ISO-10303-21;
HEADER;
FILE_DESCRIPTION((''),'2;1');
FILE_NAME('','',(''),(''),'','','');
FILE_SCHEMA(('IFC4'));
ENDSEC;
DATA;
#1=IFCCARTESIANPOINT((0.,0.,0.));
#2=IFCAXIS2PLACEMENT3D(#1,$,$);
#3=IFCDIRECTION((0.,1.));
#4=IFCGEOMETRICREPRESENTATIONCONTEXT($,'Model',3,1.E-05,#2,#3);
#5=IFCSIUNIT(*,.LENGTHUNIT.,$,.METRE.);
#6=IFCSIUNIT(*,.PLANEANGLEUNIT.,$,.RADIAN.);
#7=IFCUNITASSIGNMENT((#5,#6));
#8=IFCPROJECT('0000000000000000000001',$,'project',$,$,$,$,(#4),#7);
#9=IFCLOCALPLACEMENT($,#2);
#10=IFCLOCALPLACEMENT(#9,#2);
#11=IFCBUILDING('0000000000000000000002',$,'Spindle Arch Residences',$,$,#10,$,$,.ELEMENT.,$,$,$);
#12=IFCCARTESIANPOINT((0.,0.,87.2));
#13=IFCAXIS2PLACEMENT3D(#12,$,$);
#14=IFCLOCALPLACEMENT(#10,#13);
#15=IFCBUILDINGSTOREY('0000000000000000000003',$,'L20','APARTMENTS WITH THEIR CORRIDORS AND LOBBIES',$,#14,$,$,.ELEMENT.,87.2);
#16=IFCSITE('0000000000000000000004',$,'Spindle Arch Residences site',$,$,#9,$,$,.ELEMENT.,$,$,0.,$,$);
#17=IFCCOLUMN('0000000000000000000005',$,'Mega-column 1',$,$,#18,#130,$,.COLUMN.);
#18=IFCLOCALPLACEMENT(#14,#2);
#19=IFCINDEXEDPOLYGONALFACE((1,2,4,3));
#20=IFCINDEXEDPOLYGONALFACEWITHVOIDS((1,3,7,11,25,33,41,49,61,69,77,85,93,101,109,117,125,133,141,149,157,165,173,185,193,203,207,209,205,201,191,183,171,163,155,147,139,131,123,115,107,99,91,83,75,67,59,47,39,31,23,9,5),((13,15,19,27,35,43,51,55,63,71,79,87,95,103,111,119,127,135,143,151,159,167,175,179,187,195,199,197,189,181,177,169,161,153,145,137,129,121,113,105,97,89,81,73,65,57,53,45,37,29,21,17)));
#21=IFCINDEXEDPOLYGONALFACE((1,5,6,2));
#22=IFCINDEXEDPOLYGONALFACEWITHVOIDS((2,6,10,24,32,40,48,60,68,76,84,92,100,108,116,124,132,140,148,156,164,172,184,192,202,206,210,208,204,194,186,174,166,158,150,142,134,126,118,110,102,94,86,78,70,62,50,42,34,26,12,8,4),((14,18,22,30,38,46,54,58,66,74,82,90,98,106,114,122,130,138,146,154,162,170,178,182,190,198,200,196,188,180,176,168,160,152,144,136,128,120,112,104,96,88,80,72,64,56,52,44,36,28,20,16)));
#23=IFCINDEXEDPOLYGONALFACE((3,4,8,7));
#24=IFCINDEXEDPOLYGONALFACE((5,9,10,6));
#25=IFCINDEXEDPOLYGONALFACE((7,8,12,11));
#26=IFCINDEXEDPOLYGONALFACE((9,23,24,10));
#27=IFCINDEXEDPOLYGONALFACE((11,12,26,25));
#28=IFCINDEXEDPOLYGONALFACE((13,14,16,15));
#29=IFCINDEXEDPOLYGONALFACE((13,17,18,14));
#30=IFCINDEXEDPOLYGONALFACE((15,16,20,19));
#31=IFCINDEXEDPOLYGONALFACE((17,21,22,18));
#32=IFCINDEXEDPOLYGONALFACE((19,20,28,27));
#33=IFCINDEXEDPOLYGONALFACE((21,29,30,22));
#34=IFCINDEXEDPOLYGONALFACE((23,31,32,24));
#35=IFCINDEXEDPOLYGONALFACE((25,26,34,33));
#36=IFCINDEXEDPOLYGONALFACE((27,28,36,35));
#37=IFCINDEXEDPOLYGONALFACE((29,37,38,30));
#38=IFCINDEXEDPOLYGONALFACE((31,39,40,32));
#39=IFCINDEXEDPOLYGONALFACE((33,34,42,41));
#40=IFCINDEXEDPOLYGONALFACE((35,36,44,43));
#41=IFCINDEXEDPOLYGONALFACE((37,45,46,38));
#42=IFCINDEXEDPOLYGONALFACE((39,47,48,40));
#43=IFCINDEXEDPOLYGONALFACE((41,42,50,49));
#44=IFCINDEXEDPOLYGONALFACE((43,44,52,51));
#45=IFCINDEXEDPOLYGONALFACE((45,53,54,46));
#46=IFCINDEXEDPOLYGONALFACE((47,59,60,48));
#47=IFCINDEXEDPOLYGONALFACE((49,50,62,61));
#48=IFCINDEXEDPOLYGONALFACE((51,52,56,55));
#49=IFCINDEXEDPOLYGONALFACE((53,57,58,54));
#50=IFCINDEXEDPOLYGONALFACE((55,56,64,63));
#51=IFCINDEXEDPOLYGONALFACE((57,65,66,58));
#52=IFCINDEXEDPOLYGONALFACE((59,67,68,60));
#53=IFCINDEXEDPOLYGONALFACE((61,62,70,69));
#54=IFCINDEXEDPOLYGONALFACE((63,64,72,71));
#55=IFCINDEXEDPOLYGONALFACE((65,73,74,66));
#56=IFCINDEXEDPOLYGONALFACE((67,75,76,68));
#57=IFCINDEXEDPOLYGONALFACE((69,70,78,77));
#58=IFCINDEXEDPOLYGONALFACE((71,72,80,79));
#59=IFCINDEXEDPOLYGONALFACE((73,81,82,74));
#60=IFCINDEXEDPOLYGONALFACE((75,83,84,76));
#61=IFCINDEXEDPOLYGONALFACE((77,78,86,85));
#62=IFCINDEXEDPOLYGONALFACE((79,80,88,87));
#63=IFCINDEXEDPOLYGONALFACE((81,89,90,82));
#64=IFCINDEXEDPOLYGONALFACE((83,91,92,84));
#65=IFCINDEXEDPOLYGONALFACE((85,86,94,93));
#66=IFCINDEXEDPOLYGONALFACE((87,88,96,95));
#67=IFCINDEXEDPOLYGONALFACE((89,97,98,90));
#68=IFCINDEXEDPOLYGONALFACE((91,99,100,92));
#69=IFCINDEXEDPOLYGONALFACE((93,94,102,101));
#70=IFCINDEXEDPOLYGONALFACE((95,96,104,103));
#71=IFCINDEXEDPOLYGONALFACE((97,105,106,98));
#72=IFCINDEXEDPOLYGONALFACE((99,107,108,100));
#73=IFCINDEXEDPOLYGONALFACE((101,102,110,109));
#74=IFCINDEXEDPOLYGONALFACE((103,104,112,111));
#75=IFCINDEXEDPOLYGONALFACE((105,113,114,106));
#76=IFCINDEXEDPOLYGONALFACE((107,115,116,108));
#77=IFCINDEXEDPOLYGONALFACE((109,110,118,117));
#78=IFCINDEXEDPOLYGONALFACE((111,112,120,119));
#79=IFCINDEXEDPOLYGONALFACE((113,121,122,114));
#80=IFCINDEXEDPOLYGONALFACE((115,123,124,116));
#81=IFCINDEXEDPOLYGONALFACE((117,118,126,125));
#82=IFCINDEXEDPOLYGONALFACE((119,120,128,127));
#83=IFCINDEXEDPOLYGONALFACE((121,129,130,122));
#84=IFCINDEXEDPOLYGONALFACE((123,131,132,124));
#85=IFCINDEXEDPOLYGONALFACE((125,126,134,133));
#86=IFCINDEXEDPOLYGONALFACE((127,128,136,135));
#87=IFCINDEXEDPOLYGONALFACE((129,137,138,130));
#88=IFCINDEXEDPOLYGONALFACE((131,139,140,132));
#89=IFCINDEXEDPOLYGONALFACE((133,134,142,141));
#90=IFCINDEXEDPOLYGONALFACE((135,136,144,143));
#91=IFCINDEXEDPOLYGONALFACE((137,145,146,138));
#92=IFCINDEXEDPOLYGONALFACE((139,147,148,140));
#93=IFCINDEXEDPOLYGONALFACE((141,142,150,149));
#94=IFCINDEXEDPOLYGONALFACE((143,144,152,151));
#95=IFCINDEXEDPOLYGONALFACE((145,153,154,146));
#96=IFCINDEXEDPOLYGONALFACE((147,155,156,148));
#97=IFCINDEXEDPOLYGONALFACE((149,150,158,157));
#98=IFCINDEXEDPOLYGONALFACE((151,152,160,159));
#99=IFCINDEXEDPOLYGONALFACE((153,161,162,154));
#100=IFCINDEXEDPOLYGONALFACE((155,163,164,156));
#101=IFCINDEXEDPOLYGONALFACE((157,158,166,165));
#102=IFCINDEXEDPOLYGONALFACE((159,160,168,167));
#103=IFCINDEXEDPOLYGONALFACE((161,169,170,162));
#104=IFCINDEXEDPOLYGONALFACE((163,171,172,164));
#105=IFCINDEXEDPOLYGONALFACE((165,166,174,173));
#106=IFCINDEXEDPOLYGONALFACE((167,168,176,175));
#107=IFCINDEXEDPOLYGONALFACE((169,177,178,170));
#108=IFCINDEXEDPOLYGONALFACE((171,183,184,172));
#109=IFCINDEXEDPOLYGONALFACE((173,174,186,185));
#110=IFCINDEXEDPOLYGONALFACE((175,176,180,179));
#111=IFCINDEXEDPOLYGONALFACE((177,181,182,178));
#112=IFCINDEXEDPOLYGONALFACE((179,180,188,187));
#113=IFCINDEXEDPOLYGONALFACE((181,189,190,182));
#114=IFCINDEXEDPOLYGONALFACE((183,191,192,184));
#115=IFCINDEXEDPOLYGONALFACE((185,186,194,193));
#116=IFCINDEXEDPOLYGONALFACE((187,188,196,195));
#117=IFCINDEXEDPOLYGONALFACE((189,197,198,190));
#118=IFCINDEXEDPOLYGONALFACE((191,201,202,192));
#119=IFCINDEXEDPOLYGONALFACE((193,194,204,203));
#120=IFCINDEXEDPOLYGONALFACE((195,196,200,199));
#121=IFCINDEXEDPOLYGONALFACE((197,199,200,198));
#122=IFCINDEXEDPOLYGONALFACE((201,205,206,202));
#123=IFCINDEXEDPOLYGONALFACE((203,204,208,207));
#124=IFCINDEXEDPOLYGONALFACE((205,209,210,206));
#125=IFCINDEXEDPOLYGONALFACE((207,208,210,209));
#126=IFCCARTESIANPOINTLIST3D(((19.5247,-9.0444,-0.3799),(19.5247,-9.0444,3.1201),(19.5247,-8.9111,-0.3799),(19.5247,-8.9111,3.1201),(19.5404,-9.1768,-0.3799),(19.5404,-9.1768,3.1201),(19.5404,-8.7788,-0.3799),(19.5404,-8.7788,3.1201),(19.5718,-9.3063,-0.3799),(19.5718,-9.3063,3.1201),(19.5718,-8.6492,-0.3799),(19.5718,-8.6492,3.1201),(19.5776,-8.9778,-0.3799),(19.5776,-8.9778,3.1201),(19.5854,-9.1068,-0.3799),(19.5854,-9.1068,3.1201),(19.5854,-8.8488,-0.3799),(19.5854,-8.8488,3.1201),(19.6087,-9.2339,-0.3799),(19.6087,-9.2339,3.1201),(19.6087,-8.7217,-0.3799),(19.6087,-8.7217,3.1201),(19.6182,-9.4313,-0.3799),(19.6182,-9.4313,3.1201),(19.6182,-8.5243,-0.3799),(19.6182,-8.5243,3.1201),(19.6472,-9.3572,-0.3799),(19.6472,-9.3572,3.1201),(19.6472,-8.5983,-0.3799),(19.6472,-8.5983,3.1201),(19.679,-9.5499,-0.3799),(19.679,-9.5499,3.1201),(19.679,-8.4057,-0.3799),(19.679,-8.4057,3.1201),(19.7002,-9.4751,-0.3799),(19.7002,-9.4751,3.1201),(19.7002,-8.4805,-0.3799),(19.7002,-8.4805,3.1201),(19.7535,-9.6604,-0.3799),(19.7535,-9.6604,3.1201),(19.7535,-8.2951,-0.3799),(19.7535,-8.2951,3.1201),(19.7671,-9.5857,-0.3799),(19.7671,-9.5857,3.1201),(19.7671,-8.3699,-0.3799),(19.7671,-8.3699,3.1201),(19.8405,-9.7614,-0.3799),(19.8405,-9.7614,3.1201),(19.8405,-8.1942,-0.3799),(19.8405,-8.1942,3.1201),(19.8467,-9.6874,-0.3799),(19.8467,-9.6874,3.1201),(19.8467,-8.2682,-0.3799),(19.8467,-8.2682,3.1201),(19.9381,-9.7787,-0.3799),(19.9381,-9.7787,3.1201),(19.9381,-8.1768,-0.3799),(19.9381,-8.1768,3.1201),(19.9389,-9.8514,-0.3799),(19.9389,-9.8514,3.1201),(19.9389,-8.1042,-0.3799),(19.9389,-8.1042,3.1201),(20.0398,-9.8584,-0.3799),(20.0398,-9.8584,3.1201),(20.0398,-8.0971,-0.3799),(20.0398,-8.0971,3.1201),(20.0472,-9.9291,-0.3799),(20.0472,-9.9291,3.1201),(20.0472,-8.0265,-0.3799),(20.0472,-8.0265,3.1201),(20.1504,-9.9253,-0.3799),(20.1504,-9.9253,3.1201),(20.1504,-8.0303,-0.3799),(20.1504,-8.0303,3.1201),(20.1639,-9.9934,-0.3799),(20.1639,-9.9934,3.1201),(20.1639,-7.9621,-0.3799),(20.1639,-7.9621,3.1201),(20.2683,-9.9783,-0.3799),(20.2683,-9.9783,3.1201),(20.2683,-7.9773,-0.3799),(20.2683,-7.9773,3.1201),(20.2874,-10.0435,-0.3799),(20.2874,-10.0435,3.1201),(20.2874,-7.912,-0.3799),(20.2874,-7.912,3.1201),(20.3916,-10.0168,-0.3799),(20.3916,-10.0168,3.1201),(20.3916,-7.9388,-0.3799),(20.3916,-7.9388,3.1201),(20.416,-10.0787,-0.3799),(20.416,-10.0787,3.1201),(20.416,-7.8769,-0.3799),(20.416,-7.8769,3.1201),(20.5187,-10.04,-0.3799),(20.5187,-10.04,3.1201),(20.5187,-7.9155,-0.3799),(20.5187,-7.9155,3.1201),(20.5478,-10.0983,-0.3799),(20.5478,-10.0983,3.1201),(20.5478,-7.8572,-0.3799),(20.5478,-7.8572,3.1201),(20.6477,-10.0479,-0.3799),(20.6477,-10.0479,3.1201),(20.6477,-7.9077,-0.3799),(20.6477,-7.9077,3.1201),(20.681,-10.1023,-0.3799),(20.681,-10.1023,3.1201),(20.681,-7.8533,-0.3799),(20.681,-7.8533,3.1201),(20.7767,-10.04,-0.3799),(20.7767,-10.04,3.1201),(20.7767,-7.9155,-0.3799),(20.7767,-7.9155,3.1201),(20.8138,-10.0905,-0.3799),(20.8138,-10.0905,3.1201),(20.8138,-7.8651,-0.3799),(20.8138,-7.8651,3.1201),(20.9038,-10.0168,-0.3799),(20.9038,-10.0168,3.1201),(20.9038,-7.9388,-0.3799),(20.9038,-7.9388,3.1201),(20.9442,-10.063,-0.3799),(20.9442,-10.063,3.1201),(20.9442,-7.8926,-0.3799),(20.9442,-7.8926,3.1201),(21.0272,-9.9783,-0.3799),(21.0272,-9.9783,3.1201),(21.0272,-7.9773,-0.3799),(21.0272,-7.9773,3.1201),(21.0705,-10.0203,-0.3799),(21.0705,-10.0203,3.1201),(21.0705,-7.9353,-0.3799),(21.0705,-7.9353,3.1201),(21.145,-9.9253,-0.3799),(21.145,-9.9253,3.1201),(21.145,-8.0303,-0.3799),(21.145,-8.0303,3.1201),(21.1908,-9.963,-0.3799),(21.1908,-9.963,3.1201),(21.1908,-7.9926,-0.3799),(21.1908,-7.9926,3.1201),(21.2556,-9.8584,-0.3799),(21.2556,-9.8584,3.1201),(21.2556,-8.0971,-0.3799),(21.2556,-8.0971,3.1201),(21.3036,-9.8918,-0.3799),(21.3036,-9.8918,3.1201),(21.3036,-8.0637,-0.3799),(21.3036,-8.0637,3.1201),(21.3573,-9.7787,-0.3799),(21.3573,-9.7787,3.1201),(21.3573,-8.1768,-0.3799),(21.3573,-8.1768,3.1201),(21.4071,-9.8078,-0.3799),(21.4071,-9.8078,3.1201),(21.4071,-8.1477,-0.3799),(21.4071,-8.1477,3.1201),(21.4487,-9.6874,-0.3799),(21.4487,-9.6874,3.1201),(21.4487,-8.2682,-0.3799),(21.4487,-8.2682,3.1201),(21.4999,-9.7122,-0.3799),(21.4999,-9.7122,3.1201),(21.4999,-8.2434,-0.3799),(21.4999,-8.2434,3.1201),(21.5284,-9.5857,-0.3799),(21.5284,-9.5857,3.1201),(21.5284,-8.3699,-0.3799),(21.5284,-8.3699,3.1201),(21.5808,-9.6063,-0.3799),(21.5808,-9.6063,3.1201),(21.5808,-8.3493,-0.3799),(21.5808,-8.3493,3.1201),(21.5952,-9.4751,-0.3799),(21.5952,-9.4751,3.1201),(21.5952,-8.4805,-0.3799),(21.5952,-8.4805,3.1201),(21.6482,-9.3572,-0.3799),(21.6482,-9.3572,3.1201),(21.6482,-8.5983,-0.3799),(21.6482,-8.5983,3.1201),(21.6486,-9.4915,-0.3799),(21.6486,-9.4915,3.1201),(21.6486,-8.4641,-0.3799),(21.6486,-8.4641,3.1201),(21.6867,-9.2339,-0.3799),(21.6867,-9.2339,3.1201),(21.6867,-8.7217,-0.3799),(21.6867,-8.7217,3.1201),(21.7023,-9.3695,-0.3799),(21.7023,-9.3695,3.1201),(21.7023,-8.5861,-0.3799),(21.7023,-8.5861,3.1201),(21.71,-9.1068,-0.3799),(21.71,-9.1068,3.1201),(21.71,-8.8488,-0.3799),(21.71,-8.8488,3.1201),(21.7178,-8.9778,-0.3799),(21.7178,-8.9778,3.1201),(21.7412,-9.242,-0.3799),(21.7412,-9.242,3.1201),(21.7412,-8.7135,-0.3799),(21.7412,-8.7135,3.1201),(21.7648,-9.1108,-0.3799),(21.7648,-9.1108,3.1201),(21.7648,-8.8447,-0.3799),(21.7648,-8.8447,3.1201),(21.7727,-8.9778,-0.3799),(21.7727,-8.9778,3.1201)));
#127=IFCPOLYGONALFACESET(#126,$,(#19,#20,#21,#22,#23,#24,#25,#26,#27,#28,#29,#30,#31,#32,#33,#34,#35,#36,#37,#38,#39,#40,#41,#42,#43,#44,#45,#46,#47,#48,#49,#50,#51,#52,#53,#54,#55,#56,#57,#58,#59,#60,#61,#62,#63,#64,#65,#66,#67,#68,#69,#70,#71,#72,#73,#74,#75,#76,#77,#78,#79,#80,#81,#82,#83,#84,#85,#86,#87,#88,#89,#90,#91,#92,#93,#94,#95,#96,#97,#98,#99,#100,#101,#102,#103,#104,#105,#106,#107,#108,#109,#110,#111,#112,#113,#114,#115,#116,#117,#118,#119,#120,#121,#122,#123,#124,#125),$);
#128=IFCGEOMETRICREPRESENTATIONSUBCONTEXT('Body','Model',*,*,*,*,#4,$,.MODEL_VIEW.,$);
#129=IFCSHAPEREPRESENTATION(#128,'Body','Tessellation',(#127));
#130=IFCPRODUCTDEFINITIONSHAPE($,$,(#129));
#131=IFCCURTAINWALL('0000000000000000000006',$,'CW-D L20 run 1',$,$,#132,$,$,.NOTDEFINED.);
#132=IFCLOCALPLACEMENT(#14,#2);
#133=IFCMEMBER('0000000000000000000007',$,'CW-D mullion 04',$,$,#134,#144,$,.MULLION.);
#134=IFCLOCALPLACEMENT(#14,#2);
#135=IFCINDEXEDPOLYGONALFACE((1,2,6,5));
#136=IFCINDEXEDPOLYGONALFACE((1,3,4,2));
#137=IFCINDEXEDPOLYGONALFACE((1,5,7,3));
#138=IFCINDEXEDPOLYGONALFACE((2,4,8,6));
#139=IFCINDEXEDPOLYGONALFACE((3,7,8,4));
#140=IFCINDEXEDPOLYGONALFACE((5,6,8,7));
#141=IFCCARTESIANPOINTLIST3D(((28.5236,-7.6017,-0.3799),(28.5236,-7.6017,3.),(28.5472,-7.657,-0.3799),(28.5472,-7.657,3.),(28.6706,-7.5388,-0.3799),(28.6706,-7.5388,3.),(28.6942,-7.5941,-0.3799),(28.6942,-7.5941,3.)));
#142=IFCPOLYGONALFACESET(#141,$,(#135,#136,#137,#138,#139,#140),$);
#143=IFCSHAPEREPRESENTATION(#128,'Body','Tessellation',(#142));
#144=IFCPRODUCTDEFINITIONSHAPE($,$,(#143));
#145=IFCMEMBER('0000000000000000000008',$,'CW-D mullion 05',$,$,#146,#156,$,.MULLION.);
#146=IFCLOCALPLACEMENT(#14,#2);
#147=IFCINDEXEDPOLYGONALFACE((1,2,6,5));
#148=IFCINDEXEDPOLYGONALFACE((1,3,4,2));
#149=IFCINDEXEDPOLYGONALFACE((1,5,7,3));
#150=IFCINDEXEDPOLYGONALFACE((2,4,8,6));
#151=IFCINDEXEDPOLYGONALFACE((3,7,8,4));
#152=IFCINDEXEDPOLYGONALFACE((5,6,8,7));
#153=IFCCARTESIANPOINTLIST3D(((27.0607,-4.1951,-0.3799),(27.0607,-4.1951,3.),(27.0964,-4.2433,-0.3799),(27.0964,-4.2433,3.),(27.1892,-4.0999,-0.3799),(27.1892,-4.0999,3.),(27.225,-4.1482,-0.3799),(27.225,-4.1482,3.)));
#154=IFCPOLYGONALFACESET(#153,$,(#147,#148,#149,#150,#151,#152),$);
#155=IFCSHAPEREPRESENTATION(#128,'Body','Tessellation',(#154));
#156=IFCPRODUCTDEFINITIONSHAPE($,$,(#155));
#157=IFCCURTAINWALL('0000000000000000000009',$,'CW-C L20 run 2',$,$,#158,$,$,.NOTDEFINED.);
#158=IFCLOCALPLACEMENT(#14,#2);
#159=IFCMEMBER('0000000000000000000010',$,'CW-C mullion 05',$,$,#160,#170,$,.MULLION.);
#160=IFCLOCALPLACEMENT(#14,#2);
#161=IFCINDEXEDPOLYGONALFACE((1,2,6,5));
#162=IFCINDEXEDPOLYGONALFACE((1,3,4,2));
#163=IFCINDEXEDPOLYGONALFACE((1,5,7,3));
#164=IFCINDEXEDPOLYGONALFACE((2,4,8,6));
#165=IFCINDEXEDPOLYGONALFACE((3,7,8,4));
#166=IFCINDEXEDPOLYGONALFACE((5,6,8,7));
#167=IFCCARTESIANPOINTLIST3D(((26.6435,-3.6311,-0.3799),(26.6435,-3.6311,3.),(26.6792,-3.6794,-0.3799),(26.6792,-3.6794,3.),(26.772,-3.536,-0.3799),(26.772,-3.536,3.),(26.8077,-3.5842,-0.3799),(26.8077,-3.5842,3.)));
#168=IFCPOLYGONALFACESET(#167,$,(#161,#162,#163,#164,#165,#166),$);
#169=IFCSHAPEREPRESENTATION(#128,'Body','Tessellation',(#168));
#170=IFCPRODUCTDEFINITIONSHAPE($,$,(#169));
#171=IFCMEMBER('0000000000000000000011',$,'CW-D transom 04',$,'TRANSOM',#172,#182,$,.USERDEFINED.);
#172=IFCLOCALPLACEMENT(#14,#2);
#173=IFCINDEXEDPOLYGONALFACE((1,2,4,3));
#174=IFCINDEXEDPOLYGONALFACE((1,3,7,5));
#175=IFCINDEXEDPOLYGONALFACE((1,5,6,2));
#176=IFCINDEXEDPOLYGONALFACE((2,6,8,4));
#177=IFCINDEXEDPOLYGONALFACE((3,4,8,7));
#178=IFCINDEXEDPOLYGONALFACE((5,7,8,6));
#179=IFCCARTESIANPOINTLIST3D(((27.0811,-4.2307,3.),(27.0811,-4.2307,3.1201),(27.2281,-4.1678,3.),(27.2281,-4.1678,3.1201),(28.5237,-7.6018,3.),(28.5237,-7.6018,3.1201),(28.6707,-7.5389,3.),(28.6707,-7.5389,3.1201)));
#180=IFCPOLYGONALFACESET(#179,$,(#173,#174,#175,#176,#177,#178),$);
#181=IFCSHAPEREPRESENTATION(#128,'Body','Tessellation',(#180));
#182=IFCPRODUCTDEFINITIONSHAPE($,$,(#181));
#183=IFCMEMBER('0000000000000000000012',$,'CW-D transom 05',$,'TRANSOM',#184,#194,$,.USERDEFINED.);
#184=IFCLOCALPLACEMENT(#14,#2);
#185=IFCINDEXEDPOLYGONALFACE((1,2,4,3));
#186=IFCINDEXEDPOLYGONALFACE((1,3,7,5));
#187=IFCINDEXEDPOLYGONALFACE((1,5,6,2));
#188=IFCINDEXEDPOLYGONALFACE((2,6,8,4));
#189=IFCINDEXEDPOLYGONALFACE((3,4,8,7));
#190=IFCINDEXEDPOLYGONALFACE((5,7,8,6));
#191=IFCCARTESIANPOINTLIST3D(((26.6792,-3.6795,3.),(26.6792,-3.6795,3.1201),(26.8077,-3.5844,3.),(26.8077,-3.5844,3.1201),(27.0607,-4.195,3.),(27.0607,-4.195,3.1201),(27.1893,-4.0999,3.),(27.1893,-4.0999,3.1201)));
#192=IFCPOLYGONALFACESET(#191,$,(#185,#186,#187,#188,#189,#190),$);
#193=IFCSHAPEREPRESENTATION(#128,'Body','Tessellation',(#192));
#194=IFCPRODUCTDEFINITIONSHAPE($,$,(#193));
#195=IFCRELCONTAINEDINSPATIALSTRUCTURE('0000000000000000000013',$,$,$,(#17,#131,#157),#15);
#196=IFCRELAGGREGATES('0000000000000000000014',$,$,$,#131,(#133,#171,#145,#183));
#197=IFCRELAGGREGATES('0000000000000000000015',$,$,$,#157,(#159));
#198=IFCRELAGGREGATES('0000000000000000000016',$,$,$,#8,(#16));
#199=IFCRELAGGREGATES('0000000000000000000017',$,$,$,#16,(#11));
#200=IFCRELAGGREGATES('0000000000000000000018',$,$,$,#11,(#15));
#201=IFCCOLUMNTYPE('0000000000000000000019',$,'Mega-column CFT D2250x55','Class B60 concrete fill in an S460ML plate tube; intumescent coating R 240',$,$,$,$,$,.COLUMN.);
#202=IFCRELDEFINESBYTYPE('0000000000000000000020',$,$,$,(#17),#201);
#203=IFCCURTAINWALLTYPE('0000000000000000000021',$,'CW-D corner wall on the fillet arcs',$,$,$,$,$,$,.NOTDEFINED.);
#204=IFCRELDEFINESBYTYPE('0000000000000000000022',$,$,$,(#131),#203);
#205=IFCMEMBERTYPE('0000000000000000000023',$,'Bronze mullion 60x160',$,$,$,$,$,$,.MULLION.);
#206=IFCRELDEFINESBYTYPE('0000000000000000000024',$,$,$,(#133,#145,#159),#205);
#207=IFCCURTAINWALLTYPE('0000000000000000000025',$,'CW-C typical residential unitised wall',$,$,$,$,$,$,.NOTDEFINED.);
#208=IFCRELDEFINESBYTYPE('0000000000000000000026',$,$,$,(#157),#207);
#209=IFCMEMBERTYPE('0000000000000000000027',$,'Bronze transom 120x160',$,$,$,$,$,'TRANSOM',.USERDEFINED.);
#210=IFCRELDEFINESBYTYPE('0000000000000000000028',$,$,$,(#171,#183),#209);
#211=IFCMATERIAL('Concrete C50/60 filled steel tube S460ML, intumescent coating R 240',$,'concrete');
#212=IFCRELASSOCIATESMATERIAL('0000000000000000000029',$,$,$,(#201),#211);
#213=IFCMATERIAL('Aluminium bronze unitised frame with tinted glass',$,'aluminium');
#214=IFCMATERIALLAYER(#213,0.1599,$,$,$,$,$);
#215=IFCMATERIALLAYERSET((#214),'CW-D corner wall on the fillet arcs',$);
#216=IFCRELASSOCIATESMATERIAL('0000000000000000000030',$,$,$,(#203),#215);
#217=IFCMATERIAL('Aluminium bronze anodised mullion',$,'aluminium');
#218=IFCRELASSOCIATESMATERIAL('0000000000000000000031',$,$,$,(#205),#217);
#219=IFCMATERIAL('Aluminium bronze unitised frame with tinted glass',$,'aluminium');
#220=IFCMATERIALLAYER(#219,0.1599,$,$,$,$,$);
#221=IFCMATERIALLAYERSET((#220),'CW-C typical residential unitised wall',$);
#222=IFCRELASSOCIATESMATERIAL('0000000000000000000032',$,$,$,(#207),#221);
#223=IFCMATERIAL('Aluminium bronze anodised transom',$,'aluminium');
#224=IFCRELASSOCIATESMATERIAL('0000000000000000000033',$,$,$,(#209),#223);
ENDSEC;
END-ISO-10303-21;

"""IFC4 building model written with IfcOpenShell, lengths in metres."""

from ifc_helpers import new_model, si_unit, direction, frame, origin, origin_2d, place, context, subcontext, project, spatial, rectangle, hollow_circle, extrude, material, layer, layer_set, material_profile, profile_set, type_object, element, aggregate, save


model = new_model("IFC4")

# Units and contexts
model_context = context("Model", 3, precision=1e-05, world=origin(), true_north=direction((0.0, 1.0)))
body_context = subcontext(model_context, "Body", "Model", "MODEL_VIEW")
ifc_project = project(units=[si_unit("LENGTHUNIT", "METRE"), si_unit("PLANEANGLEUNIT", "RADIAN")], contexts=[model_context])

# Site, building, storey
site_placement = place(None, origin())
site = spatial("IfcSite", under=ifc_project, at=site_placement, Name="Spindle Arch Residences site", CompositionType="ELEMENT", RefElevation=0.0)
building_placement = place(site_placement, origin())
building = spatial("IfcBuilding", under=site, at=building_placement, Name="Spindle Arch Residences", CompositionType="ELEMENT")
storey_placement = place(building_placement, frame((0.0, 0.0, 87.2)))
storey = spatial("IfcBuildingStorey", under=building, at=storey_placement, Name="L20", Description="APARTMENTS WITH THEIR CORRIDORS AND LOBBIES", CompositionType="ELEMENT", Elevation=87.2)

# Column
ifc_material_1 = material(Name="Concrete C50/60 filled steel tube S460ML, intumescent coating R 240", Category="concrete")
ifc_material_profile_1 = material_profile(ifc_material_1, hollow_circle(Radius=1.125, WallThickness=0.0549, at=origin_2d()), Name="CFT D2250x55")
ifc_profile_set_1 = profile_set([ifc_material_profile_1], Name="Concrete C50/60 filled steel tube S460ML, intumescent coating R 240")
column_type_1 = type_object("IfcColumnType", Name="Mega-column CFT D2250x55", Description="Class B60 concrete fill in an S460ML plate tube; intumescent coating R 240", PredefinedType="COLUMN", material=ifc_profile_set_1)
column_placement = place(storey_placement, frame((20.6477, -8.9778, -0.3799), z_axis=(0.0, 0.0, 1.0), x_axis=(1.0, 0.0, 0.0)))
element("IfcColumn", 1, at=column_placement, inside=storey, type_object=column_type_1, Name="Mega-column 1", PredefinedType="COLUMN", context=body_context, shape_type="SweptSolid", body=[
    extrude(hollow_circle(Radius=1.125, WallThickness=0.0549, at=origin_2d()), origin(), (0.0, 0.0, 1.0), 3.5),
])

# Curtain wall, members
ifc_material_2 = material(Name="Aluminium bronze unitised frame with tinted glass", Category="aluminium")
ifc_layer_1 = layer(ifc_material_2, 0.1599)
ifc_layer_set_1 = layer_set([ifc_layer_1], Name="CW-D corner wall on the fillet arcs")
curtain_wall_type_1 = type_object("IfcCurtainWallType", Name="CW-D corner wall on the fillet arcs", PredefinedType="NOTDEFINED", material=ifc_layer_set_1)
curtain_wall_1_placement = place(storey_placement, origin())
curtain_wall_1 = element("IfcCurtainWall", 2, at=curtain_wall_1_placement, inside=storey, type_object=curtain_wall_type_1, Name="CW-D L20 run 1", PredefinedType="NOTDEFINED")
ifc_material_3 = material(Name="Aluminium bronze anodised mullion", Category="aluminium")
ifc_material_profile_2 = material_profile(ifc_material_3, rectangle(XDim=0.1599, YDim=0.0601, at=origin_2d()), Name="MU 60x160")
ifc_profile_set_2 = profile_set([ifc_material_profile_2], Name="Aluminium bronze anodised mullion")
member_type_1 = type_object("IfcMemberType", Name="Bronze mullion 60x160", PredefinedType="MULLION", material=ifc_profile_set_2)
member_1_placement = place(storey_placement, frame((28.6089, -7.5979, -0.3799), z_axis=(0.0, 0.0, 1.0), x_axis=(-0.919364, -0.393407, 0.0)))
member_1 = element("IfcMember", 3, at=member_1_placement, type_object=member_type_1, Name="CW-D mullion 04", PredefinedType="MULLION", context=body_context, shape_type="SweptSolid", body=[
    extrude(rectangle(XDim=0.1599, YDim=0.0601, at=origin_2d()), origin(), (0.0, 0.0, 1.0), 3.3799),
])
member_2_placement = place(storey_placement, frame((27.1428, -4.1716, -0.3799), z_axis=(0.0, 0.0, 1.0), x_axis=(-0.803857, -0.594823, 0.0)))
member_2 = element("IfcMember", 4, at=member_2_placement, type_object=member_type_1, Name="CW-D mullion 05", PredefinedType="MULLION", context=body_context, shape_type="SweptSolid", body=[
    extrude(rectangle(XDim=0.1599, YDim=0.0601, at=origin_2d()), origin(), (0.0, 0.0, 1.0), 3.3799),
])

# Curtain wall, member
ifc_material_4 = material(Name="Aluminium bronze unitised frame with tinted glass", Category="aluminium")
ifc_layer_2 = layer(ifc_material_4, 0.1599)
ifc_layer_set_2 = layer_set([ifc_layer_2], Name="CW-C typical residential unitised wall")
curtain_wall_type_2 = type_object("IfcCurtainWallType", Name="CW-C typical residential unitised wall", PredefinedType="NOTDEFINED", material=ifc_layer_set_2)
curtain_wall_2_placement = place(storey_placement, origin())
curtain_wall_2 = element("IfcCurtainWall", 5, at=curtain_wall_2_placement, inside=storey, type_object=curtain_wall_type_2, Name="CW-C L20 run 2", PredefinedType="NOTDEFINED")
member_3_placement = place(storey_placement, frame((26.7256, -3.6077, -0.3799), z_axis=(0.0, 0.0, 1.0), x_axis=(-0.803857, -0.594823, 0.0)))
member_3 = element("IfcMember", 6, at=member_3_placement, type_object=member_type_1, Name="CW-C mullion 05", PredefinedType="MULLION", context=body_context, shape_type="SweptSolid", body=[
    extrude(rectangle(XDim=0.1599, YDim=0.0601, at=origin_2d()), origin(), (0.0, 0.0, 1.0), 3.3799),
])

# Members
ifc_material_5 = material(Name="Aluminium bronze anodised transom", Category="aluminium")
ifc_material_profile_3 = material_profile(ifc_material_5, rectangle(XDim=0.1599, YDim=0.1201, at=origin_2d()), Name="TR 120x160")
ifc_profile_set_3 = profile_set([ifc_material_profile_3], Name="Aluminium bronze anodised transom")
member_type_2 = type_object("IfcMemberType", Name="Bronze transom 120x160", ElementType="TRANSOM", PredefinedType="USERDEFINED", material=ifc_profile_set_3)
member_4_placement = place(storey_placement, frame((28.5972, -7.5703, 3.0601), z_axis=(-0.393429, 0.919355, 0.0), x_axis=(-0.919355, -0.393429, 0.0)))
member_4 = element("IfcMember", 7, at=member_4_placement, type_object=member_type_2, Name="CW-D transom 04", ObjectType="TRANSOM", PredefinedType="USERDEFINED", context=body_context, shape_type="SweptSolid", body=[
    extrude(rectangle(XDim=0.1599, YDim=0.1201, at=origin_2d()), origin(), (0.0, 0.0, 1.0), 3.6667),
])
member_5_placement = place(storey_placement, frame((27.125, -4.1475, 3.0601), z_axis=(-0.594873, 0.80382, 0.0), x_axis=(-0.80382, -0.594873, 0.0)))
member_5 = element("IfcMember", 8, at=member_5_placement, type_object=member_type_2, Name="CW-D transom 05", ObjectType="TRANSOM", PredefinedType="USERDEFINED", context=body_context, shape_type="SweptSolid", body=[
    extrude(rectangle(XDim=0.1599, YDim=0.1201, at=origin_2d()), origin(), (0.0, 0.0, 1.0), 0.6414),
])

aggregate(curtain_wall_1, [member_1, member_4, member_2, member_5])
aggregate(curtain_wall_2, [member_3])

save(model, "model.ifc")
